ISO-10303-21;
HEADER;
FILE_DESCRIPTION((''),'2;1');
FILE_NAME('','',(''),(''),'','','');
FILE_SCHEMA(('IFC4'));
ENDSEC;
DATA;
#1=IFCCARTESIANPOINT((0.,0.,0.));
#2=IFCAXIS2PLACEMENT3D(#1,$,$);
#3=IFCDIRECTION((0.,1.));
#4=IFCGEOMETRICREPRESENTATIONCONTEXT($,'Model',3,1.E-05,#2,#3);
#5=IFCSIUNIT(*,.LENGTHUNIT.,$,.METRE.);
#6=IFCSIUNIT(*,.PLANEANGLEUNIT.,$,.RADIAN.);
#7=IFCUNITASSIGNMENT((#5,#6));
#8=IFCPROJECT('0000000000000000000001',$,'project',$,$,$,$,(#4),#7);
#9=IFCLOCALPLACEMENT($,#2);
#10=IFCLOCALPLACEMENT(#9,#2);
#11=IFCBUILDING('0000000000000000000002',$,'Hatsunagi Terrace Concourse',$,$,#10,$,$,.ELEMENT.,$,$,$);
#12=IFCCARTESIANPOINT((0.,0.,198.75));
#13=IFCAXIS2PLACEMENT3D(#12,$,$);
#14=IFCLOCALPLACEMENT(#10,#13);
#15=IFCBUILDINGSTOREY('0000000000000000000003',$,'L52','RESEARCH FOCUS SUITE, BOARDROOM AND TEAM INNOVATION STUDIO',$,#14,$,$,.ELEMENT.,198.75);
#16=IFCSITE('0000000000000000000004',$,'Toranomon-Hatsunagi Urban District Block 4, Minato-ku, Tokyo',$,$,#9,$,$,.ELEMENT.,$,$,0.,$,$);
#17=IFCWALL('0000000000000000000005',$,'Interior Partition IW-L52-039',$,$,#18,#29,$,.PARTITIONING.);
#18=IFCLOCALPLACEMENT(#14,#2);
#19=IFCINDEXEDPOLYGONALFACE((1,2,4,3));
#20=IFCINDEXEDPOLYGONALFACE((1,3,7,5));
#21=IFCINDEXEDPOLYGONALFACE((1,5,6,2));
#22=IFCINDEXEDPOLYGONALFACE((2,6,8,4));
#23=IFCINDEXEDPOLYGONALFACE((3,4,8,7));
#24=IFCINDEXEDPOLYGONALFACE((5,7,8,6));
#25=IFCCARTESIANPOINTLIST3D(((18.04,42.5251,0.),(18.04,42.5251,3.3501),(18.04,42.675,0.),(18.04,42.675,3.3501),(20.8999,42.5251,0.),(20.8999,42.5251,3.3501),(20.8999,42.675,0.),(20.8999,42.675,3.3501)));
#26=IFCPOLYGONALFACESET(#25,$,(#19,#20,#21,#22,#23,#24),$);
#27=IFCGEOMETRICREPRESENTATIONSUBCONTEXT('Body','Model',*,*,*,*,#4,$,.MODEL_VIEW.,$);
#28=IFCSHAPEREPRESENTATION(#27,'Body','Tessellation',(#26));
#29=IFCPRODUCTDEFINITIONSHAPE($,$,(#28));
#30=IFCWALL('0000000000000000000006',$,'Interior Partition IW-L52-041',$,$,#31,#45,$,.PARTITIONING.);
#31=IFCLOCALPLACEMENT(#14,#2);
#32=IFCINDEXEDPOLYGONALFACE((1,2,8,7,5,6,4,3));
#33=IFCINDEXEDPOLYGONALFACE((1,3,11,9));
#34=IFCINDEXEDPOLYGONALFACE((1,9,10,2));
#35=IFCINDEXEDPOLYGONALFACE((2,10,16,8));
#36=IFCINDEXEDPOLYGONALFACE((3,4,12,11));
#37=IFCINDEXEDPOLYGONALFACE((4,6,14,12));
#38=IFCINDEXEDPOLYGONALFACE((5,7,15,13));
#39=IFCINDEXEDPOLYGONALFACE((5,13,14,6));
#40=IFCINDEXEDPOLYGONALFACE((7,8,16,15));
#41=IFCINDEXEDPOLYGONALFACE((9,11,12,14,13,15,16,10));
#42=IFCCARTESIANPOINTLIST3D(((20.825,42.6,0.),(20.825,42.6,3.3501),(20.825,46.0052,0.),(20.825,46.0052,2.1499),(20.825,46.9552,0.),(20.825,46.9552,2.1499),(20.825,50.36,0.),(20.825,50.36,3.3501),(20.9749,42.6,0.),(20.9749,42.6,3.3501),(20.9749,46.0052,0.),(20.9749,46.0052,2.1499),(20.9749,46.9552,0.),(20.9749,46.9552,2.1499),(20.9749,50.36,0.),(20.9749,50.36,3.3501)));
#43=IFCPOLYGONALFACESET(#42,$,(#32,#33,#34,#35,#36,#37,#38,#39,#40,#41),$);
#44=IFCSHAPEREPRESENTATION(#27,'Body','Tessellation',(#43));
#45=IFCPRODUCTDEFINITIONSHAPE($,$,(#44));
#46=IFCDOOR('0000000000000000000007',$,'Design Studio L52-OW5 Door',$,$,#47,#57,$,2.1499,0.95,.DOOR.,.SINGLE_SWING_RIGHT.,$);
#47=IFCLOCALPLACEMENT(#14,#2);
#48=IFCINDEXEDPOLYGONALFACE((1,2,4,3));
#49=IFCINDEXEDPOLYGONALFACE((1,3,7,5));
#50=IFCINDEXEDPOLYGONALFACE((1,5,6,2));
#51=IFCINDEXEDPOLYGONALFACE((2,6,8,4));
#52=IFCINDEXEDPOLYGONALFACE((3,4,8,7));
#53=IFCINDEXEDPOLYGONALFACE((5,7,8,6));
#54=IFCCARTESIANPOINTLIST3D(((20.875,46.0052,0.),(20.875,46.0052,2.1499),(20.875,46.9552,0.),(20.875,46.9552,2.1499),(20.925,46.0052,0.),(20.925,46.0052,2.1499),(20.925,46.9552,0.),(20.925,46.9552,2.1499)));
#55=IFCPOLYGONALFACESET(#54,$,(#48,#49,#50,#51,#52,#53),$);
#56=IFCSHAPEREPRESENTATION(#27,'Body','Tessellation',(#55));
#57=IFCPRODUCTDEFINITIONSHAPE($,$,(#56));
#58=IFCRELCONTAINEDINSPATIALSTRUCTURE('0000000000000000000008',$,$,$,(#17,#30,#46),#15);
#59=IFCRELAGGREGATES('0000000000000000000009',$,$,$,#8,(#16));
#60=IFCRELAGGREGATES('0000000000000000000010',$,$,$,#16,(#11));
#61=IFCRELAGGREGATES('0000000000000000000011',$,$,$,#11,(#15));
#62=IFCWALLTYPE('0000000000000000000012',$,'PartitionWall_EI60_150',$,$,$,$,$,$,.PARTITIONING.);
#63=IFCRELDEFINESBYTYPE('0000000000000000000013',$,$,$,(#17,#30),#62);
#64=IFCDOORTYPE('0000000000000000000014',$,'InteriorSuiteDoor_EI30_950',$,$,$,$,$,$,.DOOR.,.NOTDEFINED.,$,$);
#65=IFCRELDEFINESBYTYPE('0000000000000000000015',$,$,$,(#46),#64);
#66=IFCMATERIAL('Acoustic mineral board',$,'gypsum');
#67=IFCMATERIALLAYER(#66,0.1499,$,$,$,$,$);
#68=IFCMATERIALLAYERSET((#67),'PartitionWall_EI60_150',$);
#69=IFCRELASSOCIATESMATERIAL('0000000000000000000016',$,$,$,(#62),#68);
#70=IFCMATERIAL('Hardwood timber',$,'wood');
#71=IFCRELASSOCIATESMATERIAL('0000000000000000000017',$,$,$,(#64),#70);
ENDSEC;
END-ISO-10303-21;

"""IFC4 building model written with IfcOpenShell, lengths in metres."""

from ifc_helpers import new_model, si_unit, direction, frame, frame_2d, origin, place, context, subcontext, project, spatial, rectangle, extrude, material, layer, layer_set, type_object, element, fill, save


model = new_model("IFC4")

# Units and contexts
model_context = context("Model", 3, precision=1e-05, world=origin(), true_north=direction((0.0, 1.0)))
body_context = subcontext(model_context, "Body", "Model", "MODEL_VIEW")
ifc_project = project(units=[si_unit("LENGTHUNIT", "METRE"), si_unit("PLANEANGLEUNIT", "RADIAN")], contexts=[model_context])

# Site, building, storey
site_placement = place(None, origin())
site = spatial("IfcSite", under=ifc_project, at=site_placement, Name="Toranomon-Hatsunagi Urban District Block 4, Minato-ku, Tokyo", CompositionType="ELEMENT", RefElevation=0.0)
building_placement = place(site_placement, origin())
building = spatial("IfcBuilding", under=site, at=building_placement, Name="Hatsunagi Terrace Concourse", CompositionType="ELEMENT")
storey_placement = place(building_placement, frame((0.0, 0.0, 198.75)))
storey = spatial("IfcBuildingStorey", under=building, at=storey_placement, Name="L52", Description="RESEARCH FOCUS SUITE, BOARDROOM AND TEAM INNOVATION STUDIO", CompositionType="ELEMENT", Elevation=198.75)

# Wall
ifc_material_1 = material(Name="Acoustic mineral board", Category="gypsum")
ifc_layer_1 = layer(ifc_material_1, 0.1499)
ifc_layer_set_1 = layer_set([ifc_layer_1], Name="PartitionWall_EI60_150")
wall_type_1 = type_object("IfcWallType", Name="PartitionWall_EI60_150", PredefinedType="PARTITIONING", material=ifc_layer_set_1)
wall_1_placement = place(storey_placement, frame((18.04, 42.6001, 0.0), z_axis=(0.0, 0.0, 1.0), x_axis=(1.0, 0.0, 0.0)))
element("IfcWall", 1, at=wall_1_placement, inside=storey, type_object=wall_type_1, Name="Interior Partition IW-L52-039", PredefinedType="PARTITIONING", context=body_context, shape_type="SweptSolid", body=[
    extrude(rectangle(XDim=2.8599, YDim=0.1499, at=frame_2d((1.4299, 0.0))), origin(), (0.0, 0.0, 1.0), 3.3501),
])

# Wall, opening, door
wall_2_placement = place(storey_placement, frame((20.8999, 42.6001, 0.0), z_axis=(0.0, 0.0, 1.0), x_axis=(0.0, 1.0, 0.0)))
wall_2 = element("IfcWall", 2, at=wall_2_placement, inside=storey, type_object=wall_type_1, Name="Interior Partition IW-L52-041", PredefinedType="PARTITIONING", context=body_context, shape_type="SweptSolid", body=[
    extrude(rectangle(XDim=7.76, YDim=0.1499, at=frame_2d((3.8799, 0.0))), origin(), (0.0, 0.0, 1.0), 3.3501),
])
opening_placement = place(wall_2_placement, frame((3.405, 0.0, 0.0)))
opening = element("IfcOpeningElement", 3, at=opening_placement, cuts=wall_2, PredefinedType="OPENING", context=body_context, shape_type="SweptSolid", body=[
    extrude(rectangle(XDim=0.95, YDim=2.1499, at=frame_2d((0.4751, 1.075))), frame((0.0, 0.085, 0.0), z_axis=(0.0, -1.0, 0.0), x_axis=(1.0, 0.0, 0.0)), (0.0, 0.0, 1.0), 0.1699),
])
ifc_material_2 = material(Name="Hardwood timber", Category="wood")
door_type = type_object("IfcDoorType", Name="InteriorSuiteDoor_EI30_950", OperationType="NOTDEFINED", PredefinedType="DOOR", material=ifc_material_2)
door_placement = place(opening_placement, origin())
door = element("IfcDoor", 4, at=door_placement, inside=storey, type_object=door_type, Name="Design Studio L52-OW5 Door", OperationType="SINGLE_SWING_RIGHT", OverallHeight=2.1499, OverallWidth=0.95, PredefinedType="DOOR", context=body_context, shape_type="SweptSolid", body=[
    extrude(rectangle(XDim=0.95, YDim=2.1499, at=frame_2d((0.4751, 1.075))), frame((0.0, 0.0249, 0.0), z_axis=(0.0, -1.0, 0.0), x_axis=(1.0, 0.0, 0.0)), (0.0, 0.0, 1.0), 0.05),
])
fill(opening, door)

save(model, "model.ifc")
